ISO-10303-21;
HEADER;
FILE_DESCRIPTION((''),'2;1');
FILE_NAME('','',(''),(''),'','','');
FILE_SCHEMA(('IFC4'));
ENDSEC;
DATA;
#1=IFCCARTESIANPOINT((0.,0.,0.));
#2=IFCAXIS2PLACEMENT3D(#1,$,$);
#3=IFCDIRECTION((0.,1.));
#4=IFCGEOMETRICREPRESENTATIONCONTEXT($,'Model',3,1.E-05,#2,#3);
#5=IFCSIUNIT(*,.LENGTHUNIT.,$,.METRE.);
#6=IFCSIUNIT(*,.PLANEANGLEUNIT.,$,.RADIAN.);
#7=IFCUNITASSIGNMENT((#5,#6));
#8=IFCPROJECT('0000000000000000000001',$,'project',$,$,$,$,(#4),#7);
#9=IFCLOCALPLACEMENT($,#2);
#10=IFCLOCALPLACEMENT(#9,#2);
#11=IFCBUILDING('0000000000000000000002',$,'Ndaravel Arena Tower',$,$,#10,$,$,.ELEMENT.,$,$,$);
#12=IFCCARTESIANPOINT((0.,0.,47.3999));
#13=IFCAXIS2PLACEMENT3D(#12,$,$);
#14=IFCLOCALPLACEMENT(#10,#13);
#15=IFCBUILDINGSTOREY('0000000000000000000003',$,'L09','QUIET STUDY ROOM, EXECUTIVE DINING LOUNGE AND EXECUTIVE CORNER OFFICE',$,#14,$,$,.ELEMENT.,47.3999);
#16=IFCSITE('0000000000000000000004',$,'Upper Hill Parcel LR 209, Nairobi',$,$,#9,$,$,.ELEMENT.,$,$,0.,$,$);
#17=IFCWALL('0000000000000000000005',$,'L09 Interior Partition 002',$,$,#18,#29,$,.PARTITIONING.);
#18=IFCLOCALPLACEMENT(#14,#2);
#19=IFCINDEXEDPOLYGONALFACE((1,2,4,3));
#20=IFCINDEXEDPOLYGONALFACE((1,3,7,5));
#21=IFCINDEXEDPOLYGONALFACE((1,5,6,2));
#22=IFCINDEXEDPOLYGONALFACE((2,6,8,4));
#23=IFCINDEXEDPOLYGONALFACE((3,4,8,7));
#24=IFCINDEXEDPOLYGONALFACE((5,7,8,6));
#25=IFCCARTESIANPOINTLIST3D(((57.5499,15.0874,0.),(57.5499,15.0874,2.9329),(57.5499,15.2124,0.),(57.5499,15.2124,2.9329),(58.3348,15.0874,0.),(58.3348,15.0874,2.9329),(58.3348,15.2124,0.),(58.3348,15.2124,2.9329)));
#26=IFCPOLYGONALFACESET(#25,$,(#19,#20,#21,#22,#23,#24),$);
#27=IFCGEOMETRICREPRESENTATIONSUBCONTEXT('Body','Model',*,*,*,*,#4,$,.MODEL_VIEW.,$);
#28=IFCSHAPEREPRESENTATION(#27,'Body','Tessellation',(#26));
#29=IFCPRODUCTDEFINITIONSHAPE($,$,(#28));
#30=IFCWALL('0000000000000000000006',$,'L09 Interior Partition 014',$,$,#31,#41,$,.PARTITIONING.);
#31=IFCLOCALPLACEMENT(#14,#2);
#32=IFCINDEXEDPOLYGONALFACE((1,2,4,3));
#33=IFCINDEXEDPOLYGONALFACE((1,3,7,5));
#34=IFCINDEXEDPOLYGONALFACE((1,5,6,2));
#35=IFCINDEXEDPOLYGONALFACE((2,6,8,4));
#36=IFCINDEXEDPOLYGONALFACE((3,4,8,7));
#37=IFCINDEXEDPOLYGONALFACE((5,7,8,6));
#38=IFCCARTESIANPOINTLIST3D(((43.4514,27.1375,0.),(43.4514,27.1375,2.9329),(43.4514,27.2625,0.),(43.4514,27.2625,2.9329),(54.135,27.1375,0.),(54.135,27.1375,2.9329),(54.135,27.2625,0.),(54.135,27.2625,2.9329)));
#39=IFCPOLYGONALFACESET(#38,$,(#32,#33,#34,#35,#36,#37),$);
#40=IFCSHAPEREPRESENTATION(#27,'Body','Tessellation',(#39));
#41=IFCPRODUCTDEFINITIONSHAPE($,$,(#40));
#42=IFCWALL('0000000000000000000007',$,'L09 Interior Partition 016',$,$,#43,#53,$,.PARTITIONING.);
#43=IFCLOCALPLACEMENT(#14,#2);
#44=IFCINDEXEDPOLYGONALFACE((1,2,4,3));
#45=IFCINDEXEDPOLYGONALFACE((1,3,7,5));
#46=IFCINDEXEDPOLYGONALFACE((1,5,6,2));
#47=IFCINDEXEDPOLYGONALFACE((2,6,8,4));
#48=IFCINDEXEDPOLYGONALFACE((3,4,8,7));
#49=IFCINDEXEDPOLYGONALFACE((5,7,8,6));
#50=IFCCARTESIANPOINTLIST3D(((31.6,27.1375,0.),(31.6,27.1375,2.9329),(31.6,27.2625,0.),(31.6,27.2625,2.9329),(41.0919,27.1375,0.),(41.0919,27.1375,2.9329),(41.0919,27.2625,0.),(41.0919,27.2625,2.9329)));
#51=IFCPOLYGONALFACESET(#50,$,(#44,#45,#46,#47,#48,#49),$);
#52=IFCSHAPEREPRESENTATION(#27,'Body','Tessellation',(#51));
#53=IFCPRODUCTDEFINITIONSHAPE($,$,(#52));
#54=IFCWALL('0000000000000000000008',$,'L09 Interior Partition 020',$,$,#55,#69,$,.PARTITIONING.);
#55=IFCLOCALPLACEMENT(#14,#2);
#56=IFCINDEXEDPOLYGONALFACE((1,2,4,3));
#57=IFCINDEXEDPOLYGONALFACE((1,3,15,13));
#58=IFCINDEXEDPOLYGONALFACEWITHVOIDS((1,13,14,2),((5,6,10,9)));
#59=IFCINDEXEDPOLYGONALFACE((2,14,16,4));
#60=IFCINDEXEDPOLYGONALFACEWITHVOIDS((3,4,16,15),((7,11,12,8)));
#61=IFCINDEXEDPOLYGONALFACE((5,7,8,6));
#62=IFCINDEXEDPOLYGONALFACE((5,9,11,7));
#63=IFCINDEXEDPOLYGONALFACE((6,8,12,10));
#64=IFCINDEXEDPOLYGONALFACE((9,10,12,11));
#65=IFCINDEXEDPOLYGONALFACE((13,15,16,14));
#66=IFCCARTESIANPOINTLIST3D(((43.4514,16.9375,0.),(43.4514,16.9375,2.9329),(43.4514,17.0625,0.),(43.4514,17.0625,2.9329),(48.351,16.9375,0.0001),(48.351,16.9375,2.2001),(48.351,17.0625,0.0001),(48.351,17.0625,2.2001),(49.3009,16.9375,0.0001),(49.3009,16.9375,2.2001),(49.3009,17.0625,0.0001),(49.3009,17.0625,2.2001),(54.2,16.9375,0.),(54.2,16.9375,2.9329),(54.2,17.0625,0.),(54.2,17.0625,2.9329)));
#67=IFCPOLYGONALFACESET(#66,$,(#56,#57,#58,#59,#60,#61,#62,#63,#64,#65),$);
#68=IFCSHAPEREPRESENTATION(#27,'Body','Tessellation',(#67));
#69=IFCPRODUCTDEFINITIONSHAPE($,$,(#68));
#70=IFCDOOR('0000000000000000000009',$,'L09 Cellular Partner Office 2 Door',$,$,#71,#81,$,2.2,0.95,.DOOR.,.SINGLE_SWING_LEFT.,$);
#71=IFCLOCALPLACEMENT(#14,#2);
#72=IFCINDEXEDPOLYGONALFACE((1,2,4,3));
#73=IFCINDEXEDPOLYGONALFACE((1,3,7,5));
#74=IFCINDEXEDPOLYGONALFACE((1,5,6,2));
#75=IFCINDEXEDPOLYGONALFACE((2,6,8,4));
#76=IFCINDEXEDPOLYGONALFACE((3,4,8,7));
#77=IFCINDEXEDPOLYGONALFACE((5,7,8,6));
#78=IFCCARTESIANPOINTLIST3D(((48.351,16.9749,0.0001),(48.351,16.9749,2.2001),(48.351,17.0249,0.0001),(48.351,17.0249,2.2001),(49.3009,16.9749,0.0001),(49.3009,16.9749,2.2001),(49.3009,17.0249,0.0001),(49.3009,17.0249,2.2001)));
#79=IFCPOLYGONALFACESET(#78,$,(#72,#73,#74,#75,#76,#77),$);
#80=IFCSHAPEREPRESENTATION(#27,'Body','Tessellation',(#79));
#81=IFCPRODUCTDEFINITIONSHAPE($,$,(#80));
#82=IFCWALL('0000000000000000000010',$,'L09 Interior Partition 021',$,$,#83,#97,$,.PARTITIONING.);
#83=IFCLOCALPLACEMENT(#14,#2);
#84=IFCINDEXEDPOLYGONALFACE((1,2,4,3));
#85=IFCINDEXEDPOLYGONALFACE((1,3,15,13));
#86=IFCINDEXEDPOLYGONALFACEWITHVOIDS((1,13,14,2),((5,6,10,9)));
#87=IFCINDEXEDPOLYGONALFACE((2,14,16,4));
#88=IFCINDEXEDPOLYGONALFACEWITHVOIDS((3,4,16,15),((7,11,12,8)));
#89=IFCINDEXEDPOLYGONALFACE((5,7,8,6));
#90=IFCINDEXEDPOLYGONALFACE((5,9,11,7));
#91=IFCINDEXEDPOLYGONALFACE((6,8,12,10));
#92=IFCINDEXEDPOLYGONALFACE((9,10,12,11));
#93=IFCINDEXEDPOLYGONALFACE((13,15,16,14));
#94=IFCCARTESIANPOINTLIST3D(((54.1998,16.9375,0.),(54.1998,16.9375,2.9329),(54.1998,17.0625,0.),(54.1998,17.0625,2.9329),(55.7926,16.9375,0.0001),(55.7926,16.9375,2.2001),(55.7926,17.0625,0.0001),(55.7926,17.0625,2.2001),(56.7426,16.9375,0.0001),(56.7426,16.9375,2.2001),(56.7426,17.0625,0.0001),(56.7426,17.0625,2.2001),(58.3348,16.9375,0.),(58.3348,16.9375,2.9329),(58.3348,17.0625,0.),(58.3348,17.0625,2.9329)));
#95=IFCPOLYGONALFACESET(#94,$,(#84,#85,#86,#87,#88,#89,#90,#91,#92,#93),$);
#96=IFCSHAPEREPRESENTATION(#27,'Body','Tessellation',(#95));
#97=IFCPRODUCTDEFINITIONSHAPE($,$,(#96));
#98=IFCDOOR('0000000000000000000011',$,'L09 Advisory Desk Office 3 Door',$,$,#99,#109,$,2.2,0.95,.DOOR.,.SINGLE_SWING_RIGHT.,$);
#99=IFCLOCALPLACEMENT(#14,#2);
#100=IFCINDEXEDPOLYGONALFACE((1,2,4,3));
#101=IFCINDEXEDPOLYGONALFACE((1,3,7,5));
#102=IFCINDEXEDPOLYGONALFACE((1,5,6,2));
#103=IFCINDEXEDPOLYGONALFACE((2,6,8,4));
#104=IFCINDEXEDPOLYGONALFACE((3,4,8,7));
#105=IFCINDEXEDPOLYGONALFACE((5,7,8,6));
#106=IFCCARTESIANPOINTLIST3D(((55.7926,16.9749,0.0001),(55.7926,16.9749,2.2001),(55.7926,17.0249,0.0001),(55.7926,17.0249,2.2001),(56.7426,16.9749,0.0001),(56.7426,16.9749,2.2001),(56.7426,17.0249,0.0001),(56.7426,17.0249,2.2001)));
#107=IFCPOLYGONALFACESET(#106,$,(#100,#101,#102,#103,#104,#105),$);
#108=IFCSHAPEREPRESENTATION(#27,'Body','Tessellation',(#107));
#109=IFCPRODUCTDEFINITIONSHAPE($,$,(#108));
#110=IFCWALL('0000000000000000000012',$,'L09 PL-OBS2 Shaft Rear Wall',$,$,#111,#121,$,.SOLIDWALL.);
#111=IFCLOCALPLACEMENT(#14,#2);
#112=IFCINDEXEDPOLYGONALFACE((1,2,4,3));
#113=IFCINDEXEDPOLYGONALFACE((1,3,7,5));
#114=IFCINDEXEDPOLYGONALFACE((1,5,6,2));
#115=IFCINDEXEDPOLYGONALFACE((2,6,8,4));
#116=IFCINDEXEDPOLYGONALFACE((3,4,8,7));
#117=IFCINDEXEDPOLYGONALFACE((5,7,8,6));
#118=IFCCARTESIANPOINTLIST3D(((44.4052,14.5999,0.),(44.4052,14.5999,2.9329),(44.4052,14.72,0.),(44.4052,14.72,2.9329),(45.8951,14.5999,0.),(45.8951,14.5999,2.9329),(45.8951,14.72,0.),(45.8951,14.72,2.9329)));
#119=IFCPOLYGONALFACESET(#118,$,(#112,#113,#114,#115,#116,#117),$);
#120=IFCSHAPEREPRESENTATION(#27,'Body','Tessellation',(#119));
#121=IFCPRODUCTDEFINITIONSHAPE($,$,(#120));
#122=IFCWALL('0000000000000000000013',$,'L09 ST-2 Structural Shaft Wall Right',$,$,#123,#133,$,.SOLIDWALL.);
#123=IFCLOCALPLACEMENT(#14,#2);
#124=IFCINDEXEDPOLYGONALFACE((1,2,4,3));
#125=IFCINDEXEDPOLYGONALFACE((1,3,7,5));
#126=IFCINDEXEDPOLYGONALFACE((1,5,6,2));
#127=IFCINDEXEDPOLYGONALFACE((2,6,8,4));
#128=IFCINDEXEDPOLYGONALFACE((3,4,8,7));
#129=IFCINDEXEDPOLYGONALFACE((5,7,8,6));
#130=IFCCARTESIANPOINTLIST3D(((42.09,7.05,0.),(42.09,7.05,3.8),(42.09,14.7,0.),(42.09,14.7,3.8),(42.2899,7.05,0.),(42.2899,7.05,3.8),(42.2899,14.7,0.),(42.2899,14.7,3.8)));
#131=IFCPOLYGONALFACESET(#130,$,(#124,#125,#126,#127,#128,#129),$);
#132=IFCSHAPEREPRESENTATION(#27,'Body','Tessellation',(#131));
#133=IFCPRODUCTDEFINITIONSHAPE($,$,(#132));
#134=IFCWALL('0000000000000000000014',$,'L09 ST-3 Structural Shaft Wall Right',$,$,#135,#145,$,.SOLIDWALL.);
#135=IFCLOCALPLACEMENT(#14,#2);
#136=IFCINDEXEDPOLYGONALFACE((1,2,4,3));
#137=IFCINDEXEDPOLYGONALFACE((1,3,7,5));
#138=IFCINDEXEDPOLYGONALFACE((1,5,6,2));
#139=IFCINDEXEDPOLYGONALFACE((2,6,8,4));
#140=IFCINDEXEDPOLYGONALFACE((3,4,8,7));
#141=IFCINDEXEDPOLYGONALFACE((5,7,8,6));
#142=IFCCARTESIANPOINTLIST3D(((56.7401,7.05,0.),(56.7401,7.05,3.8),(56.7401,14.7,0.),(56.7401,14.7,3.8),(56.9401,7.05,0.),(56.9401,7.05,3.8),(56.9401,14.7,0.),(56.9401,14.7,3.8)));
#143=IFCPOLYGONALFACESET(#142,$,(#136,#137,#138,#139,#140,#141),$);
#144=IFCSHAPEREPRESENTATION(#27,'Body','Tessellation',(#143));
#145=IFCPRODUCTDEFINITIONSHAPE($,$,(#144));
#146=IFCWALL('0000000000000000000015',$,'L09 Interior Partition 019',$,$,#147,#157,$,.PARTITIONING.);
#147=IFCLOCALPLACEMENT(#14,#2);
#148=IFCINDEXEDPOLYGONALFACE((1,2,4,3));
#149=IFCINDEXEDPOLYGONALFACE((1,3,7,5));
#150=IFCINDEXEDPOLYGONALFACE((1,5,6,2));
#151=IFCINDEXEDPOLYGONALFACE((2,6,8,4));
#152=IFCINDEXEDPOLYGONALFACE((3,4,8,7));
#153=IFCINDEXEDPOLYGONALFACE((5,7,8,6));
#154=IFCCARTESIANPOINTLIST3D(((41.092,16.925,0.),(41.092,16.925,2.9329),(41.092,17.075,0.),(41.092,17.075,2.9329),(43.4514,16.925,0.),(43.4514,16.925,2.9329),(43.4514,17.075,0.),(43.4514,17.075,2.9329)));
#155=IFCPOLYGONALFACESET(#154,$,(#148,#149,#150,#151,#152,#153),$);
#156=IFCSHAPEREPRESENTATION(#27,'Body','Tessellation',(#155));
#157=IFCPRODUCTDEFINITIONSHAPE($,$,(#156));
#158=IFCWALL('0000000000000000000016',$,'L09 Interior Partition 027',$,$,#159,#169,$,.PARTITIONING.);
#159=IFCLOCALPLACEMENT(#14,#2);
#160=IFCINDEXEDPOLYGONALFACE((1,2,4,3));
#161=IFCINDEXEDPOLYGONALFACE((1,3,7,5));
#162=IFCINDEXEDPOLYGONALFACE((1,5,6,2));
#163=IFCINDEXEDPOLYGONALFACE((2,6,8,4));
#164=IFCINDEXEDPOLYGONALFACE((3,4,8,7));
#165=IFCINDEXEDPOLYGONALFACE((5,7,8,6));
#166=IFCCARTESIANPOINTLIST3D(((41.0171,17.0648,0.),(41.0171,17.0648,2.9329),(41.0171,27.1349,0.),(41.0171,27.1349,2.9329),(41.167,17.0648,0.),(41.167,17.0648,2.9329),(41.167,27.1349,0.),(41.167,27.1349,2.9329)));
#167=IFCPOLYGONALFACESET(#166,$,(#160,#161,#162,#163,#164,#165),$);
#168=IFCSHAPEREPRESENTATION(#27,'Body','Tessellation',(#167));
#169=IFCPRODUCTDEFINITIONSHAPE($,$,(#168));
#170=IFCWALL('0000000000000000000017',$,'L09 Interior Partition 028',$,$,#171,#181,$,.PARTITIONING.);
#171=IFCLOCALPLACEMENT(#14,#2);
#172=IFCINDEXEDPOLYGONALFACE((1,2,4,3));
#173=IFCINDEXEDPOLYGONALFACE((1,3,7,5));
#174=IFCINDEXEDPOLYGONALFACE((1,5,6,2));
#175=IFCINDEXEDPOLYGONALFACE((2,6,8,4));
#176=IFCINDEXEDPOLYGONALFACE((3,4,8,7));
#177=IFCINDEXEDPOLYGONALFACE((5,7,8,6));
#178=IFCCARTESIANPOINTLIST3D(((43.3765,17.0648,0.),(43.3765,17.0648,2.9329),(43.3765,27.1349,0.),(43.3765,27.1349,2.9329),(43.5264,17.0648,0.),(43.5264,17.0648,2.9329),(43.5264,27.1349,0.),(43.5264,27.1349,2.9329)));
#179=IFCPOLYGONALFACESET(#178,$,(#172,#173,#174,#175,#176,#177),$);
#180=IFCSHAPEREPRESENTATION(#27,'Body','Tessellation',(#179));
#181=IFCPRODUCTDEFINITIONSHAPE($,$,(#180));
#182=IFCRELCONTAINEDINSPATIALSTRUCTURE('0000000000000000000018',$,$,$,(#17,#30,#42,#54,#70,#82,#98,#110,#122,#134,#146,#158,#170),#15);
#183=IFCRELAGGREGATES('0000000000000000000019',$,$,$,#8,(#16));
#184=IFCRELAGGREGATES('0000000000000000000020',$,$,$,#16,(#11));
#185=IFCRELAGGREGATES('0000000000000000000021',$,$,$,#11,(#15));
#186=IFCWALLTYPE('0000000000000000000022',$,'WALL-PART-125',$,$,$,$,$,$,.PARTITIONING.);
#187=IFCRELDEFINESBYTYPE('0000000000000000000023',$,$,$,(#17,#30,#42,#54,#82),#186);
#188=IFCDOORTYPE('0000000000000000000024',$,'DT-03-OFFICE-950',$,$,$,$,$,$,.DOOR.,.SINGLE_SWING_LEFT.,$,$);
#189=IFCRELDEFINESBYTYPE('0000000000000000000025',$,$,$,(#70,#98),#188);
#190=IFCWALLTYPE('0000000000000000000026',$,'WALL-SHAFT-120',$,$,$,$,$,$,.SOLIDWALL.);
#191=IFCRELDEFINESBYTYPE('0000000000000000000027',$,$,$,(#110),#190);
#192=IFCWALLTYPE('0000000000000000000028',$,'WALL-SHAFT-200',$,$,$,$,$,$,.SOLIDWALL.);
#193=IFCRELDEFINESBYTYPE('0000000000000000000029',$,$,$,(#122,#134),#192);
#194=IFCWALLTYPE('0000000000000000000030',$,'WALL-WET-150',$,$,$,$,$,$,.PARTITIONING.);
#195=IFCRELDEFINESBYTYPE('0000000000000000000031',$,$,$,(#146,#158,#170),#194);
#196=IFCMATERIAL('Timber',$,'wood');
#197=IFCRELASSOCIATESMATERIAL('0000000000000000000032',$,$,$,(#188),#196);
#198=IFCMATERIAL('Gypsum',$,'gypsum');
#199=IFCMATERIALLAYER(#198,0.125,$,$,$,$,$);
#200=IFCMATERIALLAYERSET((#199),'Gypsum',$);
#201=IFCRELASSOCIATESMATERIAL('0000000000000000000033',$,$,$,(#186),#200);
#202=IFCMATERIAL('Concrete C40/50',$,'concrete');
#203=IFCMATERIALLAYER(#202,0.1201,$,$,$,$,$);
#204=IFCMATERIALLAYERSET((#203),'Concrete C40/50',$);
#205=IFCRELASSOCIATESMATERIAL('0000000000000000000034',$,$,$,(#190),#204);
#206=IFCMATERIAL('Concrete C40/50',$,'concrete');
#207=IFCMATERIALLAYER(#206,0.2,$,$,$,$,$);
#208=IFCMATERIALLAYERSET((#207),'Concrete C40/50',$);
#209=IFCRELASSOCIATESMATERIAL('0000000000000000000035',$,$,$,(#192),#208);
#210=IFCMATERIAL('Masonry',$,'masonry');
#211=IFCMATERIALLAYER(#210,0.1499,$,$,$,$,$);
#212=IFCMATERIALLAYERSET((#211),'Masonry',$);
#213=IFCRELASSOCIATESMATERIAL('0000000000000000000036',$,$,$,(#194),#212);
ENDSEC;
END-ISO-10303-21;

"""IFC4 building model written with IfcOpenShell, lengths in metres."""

from ifc_helpers import new_model, si_unit, direction, frame, frame_2d, origin, place, context, subcontext, project, spatial, rectangle, extrude, material, layer, layer_set, type_object, element, fill, save


model = new_model("IFC4")

# Units and contexts
model_context = context("Model", 3, precision=1e-05, world=origin(), true_north=direction((0.0, 1.0)))
body_context = subcontext(model_context, "Body", "Model", "MODEL_VIEW")
ifc_project = project(units=[si_unit("LENGTHUNIT", "METRE"), si_unit("PLANEANGLEUNIT", "RADIAN")], contexts=[model_context])

# Site, building, storey
site_placement = place(None, origin())
site = spatial("IfcSite", under=ifc_project, at=site_placement, Name="Upper Hill Parcel LR 209, Nairobi", CompositionType="ELEMENT", RefElevation=0.0)
building_placement = place(site_placement, origin())
building = spatial("IfcBuilding", under=site, at=building_placement, Name="Ndaravel Arena Tower", CompositionType="ELEMENT")
storey_placement = place(building_placement, frame((0.0, 0.0, 47.3999)))
storey = spatial("IfcBuildingStorey", under=building, at=storey_placement, Name="L09", Description="QUIET STUDY ROOM, EXECUTIVE DINING LOUNGE AND EXECUTIVE CORNER OFFICE", CompositionType="ELEMENT", Elevation=47.3999)

# Shared definitions
ifc_material_1 = material(Name="Timber", Category="wood")
door_type_1 = type_object("IfcDoorType", Name="DT-03-OFFICE-950", OperationType="SINGLE_SWING_LEFT", PredefinedType="DOOR", material=ifc_material_1)

# Walls
ifc_material_2 = material(Name="Gypsum", Category="gypsum")
ifc_layer_1 = layer(ifc_material_2, 0.125)
ifc_layer_set_1 = layer_set([ifc_layer_1], Name="Gypsum")
wall_type_1 = type_object("IfcWallType", Name="WALL-PART-125", PredefinedType="PARTITIONING", material=ifc_layer_set_1)
wall_1_placement = place(storey_placement, frame((58.335, 15.1499, 0.0), z_axis=(0.0, 0.0, 1.0), x_axis=(-1.0, 0.0, 0.0)))
element("IfcWall", 1, at=wall_1_placement, inside=storey, type_object=wall_type_1, Name="L09 Interior Partition 002", PredefinedType="PARTITIONING", context=body_context, shape_type="SweptSolid", body=[
    extrude(rectangle(XDim=0.7849, YDim=0.125, at=frame_2d((0.3926, 0.0))), origin(), (0.0, 0.0, 1.0), 2.9329),
])
wall_2_placement = place(storey_placement, frame((54.135, 27.2, 0.0), z_axis=(0.0, 0.0, 1.0), x_axis=(-1.0, 0.0, 0.0)))
element("IfcWall", 2, at=wall_2_placement, inside=storey, type_object=wall_type_1, Name="L09 Interior Partition 014", PredefinedType="PARTITIONING", context=body_context, shape_type="SweptSolid", body=[
    extrude(rectangle(XDim=10.6836, YDim=0.125, at=frame_2d((5.3418, 0.0))), origin(), (0.0, 0.0, 1.0), 2.9329),
])
wall_3_placement = place(storey_placement, frame((41.092, 27.2, 0.0), z_axis=(0.0, 0.0, 1.0), x_axis=(-1.0, 0.0, 0.0)))
element("IfcWall", 3, at=wall_3_placement, inside=storey, type_object=wall_type_1, Name="L09 Interior Partition 016", PredefinedType="PARTITIONING", context=body_context, shape_type="SweptSolid", body=[
    extrude(rectangle(XDim=9.4919, YDim=0.125, at=frame_2d((4.7461, 0.0))), origin(), (0.0, 0.0, 1.0), 2.9329),
])

# Walls, openings, doors
wall_4_placement = place(storey_placement, frame((43.4514, 17.0, 0.0), z_axis=(0.0, 0.0, 1.0), x_axis=(1.0, 0.0, 0.0)))
wall_4 = element("IfcWall", 4, at=wall_4_placement, inside=storey, type_object=wall_type_1, Name="L09 Interior Partition 020", PredefinedType="PARTITIONING", context=body_context, shape_type="SweptSolid", body=[
    extrude(rectangle(XDim=10.7485, YDim=0.125, at=frame_2d((5.3743, 0.0))), origin(), (0.0, 0.0, 1.0), 2.9329),
])
opening_1_placement = place(wall_4_placement, frame((4.8994, 0.0, 0.0)))
opening_1 = element("IfcOpeningElement", 5, at=opening_1_placement, cuts=wall_4, PredefinedType="OPENING", context=body_context, shape_type="SweptSolid", body=[
    extrude(rectangle(XDim=0.95, YDim=2.2, at=frame_2d((0.4751, 1.1001))), frame((0.0, 0.0625, 0.0), z_axis=(0.0, -1.0, 0.0), x_axis=(1.0, 0.0, 0.0)), (0.0, 0.0, 1.0), 0.125),
])
door_1_placement = place(opening_1_placement, origin())
door_1 = element("IfcDoor", 6, at=door_1_placement, inside=storey, type_object=door_type_1, Name="L09 Cellular Partner Office 2 Door", OperationType="SINGLE_SWING_LEFT", OverallHeight=2.2, OverallWidth=0.95, PredefinedType="DOOR", context=body_context, shape_type="SweptSolid", body=[
    extrude(rectangle(XDim=0.95, YDim=2.2, at=frame_2d((0.4751, 1.1001))), frame((0.0, 0.0249, 0.0), z_axis=(0.0, -1.0, 0.0), x_axis=(1.0, 0.0, 0.0)), (0.0, 0.0, 1.0), 0.05),
])
fill(opening_1, door_1)
wall_5_placement = place(storey_placement, frame((54.2, 17.0, 0.0), z_axis=(0.0, 0.0, 1.0), x_axis=(1.0, 0.0, 0.0)))
wall_5 = element("IfcWall", 7, at=wall_5_placement, inside=storey, type_object=wall_type_1, Name="L09 Interior Partition 021", PredefinedType="PARTITIONING", context=body_context, shape_type="SweptSolid", body=[
    extrude(rectangle(XDim=4.135, YDim=0.125, at=frame_2d((2.0674, 0.0))), origin(), (0.0, 0.0, 1.0), 2.9329),
])
opening_2_placement = place(wall_5_placement, frame((1.5925, 0.0, 0.0)))
opening_2 = element("IfcOpeningElement", 8, at=opening_2_placement, cuts=wall_5, PredefinedType="OPENING", context=body_context, shape_type="SweptSolid", body=[
    extrude(rectangle(XDim=0.95, YDim=2.2, at=frame_2d((0.4751, 1.1001))), frame((0.0, 0.0625, 0.0), z_axis=(0.0, -1.0, 0.0), x_axis=(1.0, 0.0, 0.0)), (0.0, 0.0, 1.0), 0.125),
])
door_2_placement = place(opening_2_placement, origin())
door_2 = element("IfcDoor", 9, at=door_2_placement, inside=storey, type_object=door_type_1, Name="L09 Advisory Desk Office 3 Door", OperationType="SINGLE_SWING_RIGHT", OverallHeight=2.2, OverallWidth=0.95, PredefinedType="DOOR", context=body_context, shape_type="SweptSolid", body=[
    extrude(rectangle(XDim=0.95, YDim=2.2, at=frame_2d((0.4751, 1.1001))), frame((0.0, 0.0249, 0.0), z_axis=(0.0, -1.0, 0.0), x_axis=(1.0, 0.0, 0.0)), (0.0, 0.0, 1.0), 0.05),
])
fill(opening_2, door_2)

# Walls
ifc_material_3 = material(Name="Concrete C40/50", Category="concrete")
ifc_layer_2 = layer(ifc_material_3, 0.1201)
ifc_layer_set_2 = layer_set([ifc_layer_2], Name="Concrete C40/50")
wall_type_2 = type_object("IfcWallType", Name="WALL-SHAFT-120", PredefinedType="SOLIDWALL", material=ifc_layer_set_2)
wall_6_placement = place(storey_placement, frame((44.405, 14.6599, 0.0), z_axis=(0.0, 0.0, 1.0), x_axis=(1.0, 0.0, 0.0)))
element("IfcWall", 10, at=wall_6_placement, inside=storey, type_object=wall_type_2, Name="L09 PL-OBS2 Shaft Rear Wall", PredefinedType="SOLIDWALL", context=body_context, shape_type="SweptSolid", body=[
    extrude(rectangle(XDim=1.49, YDim=0.1201, at=frame_2d((0.7451, 0.0))), origin(), (0.0, 0.0, 1.0), 2.9329),
])
ifc_material_4 = material(Name="Concrete C40/50", Category="concrete")
ifc_layer_3 = layer(ifc_material_4, 0.2)
ifc_layer_set_3 = layer_set([ifc_layer_3], Name="Concrete C40/50")
wall_type_3 = type_object("IfcWallType", Name="WALL-SHAFT-200", PredefinedType="SOLIDWALL", material=ifc_layer_set_3)
for number, where, z_axis, x_axis, name in (
    (11, (42.1899, 14.7, 0.0), (0.0, 0.0, 1.0), (0.0, -1.0, 0.0), "L09 ST-2 Structural Shaft Wall Right"),
    (12, (56.8401, 14.7, 0.0), (0.0, 0.0, 1.0), (0.0, -1.0, 0.0), "L09 ST-3 Structural Shaft Wall Right"),
):
    element("IfcWall", number, at=place(storey_placement, frame(where, z_axis=z_axis, x_axis=x_axis)), inside=storey, type_object=wall_type_3, Name=name, PredefinedType="SOLIDWALL", context=body_context, shape_type="SweptSolid", body=[
        extrude(rectangle(XDim=7.6499, YDim=0.2, at=frame_2d((3.825, 0.0))), origin(), (0.0, 0.0, 1.0), 3.8),
    ])

# Shared definitions
ifc_material_5 = material(Name="Masonry", Category="masonry")
ifc_layer_4 = layer(ifc_material_5, 0.1499)
ifc_layer_set_4 = layer_set([ifc_layer_4], Name="Masonry")
wall_type_4 = type_object("IfcWallType", Name="WALL-WET-150", PredefinedType="PARTITIONING", material=ifc_layer_set_4)

# Walls
wall_7_placement = place(storey_placement, frame((41.092, 17.0, 0.0), z_axis=(0.0, 0.0, 1.0), x_axis=(1.0, 0.0, 0.0)))
element("IfcWall", 13, at=wall_7_placement, inside=storey, type_object=wall_type_4, Name="L09 Interior Partition 019", PredefinedType="PARTITIONING", context=body_context, shape_type="SweptSolid", body=[
    extrude(rectangle(XDim=2.3594, YDim=0.1499, at=frame_2d((1.1797, 0.0))), origin(), (0.0, 0.0, 1.0), 2.9329),
])
for number, where, z_axis, x_axis, name in (
    (14, (41.092, 27.135, 0.0), (0.0, 0.0, 1.0), (0.0, -1.0, 0.0), "L09 Interior Partition 027"),
    (15, (43.4514, 27.135, 0.0), (0.0, 0.0, 1.0), (0.0, -1.0, 0.0), "L09 Interior Partition 028"),
):
    element("IfcWall", number, at=place(storey_placement, frame(where, z_axis=z_axis, x_axis=x_axis)), inside=storey, type_object=wall_type_4, Name=name, PredefinedType="PARTITIONING", context=body_context, shape_type="SweptSolid", body=[
        extrude(rectangle(XDim=10.0701, YDim=0.1499, at=frame_2d((5.0352, 0.0))), origin(), (0.0, 0.0, 1.0), 2.9329),
    ])

save(model, "model.ifc")
